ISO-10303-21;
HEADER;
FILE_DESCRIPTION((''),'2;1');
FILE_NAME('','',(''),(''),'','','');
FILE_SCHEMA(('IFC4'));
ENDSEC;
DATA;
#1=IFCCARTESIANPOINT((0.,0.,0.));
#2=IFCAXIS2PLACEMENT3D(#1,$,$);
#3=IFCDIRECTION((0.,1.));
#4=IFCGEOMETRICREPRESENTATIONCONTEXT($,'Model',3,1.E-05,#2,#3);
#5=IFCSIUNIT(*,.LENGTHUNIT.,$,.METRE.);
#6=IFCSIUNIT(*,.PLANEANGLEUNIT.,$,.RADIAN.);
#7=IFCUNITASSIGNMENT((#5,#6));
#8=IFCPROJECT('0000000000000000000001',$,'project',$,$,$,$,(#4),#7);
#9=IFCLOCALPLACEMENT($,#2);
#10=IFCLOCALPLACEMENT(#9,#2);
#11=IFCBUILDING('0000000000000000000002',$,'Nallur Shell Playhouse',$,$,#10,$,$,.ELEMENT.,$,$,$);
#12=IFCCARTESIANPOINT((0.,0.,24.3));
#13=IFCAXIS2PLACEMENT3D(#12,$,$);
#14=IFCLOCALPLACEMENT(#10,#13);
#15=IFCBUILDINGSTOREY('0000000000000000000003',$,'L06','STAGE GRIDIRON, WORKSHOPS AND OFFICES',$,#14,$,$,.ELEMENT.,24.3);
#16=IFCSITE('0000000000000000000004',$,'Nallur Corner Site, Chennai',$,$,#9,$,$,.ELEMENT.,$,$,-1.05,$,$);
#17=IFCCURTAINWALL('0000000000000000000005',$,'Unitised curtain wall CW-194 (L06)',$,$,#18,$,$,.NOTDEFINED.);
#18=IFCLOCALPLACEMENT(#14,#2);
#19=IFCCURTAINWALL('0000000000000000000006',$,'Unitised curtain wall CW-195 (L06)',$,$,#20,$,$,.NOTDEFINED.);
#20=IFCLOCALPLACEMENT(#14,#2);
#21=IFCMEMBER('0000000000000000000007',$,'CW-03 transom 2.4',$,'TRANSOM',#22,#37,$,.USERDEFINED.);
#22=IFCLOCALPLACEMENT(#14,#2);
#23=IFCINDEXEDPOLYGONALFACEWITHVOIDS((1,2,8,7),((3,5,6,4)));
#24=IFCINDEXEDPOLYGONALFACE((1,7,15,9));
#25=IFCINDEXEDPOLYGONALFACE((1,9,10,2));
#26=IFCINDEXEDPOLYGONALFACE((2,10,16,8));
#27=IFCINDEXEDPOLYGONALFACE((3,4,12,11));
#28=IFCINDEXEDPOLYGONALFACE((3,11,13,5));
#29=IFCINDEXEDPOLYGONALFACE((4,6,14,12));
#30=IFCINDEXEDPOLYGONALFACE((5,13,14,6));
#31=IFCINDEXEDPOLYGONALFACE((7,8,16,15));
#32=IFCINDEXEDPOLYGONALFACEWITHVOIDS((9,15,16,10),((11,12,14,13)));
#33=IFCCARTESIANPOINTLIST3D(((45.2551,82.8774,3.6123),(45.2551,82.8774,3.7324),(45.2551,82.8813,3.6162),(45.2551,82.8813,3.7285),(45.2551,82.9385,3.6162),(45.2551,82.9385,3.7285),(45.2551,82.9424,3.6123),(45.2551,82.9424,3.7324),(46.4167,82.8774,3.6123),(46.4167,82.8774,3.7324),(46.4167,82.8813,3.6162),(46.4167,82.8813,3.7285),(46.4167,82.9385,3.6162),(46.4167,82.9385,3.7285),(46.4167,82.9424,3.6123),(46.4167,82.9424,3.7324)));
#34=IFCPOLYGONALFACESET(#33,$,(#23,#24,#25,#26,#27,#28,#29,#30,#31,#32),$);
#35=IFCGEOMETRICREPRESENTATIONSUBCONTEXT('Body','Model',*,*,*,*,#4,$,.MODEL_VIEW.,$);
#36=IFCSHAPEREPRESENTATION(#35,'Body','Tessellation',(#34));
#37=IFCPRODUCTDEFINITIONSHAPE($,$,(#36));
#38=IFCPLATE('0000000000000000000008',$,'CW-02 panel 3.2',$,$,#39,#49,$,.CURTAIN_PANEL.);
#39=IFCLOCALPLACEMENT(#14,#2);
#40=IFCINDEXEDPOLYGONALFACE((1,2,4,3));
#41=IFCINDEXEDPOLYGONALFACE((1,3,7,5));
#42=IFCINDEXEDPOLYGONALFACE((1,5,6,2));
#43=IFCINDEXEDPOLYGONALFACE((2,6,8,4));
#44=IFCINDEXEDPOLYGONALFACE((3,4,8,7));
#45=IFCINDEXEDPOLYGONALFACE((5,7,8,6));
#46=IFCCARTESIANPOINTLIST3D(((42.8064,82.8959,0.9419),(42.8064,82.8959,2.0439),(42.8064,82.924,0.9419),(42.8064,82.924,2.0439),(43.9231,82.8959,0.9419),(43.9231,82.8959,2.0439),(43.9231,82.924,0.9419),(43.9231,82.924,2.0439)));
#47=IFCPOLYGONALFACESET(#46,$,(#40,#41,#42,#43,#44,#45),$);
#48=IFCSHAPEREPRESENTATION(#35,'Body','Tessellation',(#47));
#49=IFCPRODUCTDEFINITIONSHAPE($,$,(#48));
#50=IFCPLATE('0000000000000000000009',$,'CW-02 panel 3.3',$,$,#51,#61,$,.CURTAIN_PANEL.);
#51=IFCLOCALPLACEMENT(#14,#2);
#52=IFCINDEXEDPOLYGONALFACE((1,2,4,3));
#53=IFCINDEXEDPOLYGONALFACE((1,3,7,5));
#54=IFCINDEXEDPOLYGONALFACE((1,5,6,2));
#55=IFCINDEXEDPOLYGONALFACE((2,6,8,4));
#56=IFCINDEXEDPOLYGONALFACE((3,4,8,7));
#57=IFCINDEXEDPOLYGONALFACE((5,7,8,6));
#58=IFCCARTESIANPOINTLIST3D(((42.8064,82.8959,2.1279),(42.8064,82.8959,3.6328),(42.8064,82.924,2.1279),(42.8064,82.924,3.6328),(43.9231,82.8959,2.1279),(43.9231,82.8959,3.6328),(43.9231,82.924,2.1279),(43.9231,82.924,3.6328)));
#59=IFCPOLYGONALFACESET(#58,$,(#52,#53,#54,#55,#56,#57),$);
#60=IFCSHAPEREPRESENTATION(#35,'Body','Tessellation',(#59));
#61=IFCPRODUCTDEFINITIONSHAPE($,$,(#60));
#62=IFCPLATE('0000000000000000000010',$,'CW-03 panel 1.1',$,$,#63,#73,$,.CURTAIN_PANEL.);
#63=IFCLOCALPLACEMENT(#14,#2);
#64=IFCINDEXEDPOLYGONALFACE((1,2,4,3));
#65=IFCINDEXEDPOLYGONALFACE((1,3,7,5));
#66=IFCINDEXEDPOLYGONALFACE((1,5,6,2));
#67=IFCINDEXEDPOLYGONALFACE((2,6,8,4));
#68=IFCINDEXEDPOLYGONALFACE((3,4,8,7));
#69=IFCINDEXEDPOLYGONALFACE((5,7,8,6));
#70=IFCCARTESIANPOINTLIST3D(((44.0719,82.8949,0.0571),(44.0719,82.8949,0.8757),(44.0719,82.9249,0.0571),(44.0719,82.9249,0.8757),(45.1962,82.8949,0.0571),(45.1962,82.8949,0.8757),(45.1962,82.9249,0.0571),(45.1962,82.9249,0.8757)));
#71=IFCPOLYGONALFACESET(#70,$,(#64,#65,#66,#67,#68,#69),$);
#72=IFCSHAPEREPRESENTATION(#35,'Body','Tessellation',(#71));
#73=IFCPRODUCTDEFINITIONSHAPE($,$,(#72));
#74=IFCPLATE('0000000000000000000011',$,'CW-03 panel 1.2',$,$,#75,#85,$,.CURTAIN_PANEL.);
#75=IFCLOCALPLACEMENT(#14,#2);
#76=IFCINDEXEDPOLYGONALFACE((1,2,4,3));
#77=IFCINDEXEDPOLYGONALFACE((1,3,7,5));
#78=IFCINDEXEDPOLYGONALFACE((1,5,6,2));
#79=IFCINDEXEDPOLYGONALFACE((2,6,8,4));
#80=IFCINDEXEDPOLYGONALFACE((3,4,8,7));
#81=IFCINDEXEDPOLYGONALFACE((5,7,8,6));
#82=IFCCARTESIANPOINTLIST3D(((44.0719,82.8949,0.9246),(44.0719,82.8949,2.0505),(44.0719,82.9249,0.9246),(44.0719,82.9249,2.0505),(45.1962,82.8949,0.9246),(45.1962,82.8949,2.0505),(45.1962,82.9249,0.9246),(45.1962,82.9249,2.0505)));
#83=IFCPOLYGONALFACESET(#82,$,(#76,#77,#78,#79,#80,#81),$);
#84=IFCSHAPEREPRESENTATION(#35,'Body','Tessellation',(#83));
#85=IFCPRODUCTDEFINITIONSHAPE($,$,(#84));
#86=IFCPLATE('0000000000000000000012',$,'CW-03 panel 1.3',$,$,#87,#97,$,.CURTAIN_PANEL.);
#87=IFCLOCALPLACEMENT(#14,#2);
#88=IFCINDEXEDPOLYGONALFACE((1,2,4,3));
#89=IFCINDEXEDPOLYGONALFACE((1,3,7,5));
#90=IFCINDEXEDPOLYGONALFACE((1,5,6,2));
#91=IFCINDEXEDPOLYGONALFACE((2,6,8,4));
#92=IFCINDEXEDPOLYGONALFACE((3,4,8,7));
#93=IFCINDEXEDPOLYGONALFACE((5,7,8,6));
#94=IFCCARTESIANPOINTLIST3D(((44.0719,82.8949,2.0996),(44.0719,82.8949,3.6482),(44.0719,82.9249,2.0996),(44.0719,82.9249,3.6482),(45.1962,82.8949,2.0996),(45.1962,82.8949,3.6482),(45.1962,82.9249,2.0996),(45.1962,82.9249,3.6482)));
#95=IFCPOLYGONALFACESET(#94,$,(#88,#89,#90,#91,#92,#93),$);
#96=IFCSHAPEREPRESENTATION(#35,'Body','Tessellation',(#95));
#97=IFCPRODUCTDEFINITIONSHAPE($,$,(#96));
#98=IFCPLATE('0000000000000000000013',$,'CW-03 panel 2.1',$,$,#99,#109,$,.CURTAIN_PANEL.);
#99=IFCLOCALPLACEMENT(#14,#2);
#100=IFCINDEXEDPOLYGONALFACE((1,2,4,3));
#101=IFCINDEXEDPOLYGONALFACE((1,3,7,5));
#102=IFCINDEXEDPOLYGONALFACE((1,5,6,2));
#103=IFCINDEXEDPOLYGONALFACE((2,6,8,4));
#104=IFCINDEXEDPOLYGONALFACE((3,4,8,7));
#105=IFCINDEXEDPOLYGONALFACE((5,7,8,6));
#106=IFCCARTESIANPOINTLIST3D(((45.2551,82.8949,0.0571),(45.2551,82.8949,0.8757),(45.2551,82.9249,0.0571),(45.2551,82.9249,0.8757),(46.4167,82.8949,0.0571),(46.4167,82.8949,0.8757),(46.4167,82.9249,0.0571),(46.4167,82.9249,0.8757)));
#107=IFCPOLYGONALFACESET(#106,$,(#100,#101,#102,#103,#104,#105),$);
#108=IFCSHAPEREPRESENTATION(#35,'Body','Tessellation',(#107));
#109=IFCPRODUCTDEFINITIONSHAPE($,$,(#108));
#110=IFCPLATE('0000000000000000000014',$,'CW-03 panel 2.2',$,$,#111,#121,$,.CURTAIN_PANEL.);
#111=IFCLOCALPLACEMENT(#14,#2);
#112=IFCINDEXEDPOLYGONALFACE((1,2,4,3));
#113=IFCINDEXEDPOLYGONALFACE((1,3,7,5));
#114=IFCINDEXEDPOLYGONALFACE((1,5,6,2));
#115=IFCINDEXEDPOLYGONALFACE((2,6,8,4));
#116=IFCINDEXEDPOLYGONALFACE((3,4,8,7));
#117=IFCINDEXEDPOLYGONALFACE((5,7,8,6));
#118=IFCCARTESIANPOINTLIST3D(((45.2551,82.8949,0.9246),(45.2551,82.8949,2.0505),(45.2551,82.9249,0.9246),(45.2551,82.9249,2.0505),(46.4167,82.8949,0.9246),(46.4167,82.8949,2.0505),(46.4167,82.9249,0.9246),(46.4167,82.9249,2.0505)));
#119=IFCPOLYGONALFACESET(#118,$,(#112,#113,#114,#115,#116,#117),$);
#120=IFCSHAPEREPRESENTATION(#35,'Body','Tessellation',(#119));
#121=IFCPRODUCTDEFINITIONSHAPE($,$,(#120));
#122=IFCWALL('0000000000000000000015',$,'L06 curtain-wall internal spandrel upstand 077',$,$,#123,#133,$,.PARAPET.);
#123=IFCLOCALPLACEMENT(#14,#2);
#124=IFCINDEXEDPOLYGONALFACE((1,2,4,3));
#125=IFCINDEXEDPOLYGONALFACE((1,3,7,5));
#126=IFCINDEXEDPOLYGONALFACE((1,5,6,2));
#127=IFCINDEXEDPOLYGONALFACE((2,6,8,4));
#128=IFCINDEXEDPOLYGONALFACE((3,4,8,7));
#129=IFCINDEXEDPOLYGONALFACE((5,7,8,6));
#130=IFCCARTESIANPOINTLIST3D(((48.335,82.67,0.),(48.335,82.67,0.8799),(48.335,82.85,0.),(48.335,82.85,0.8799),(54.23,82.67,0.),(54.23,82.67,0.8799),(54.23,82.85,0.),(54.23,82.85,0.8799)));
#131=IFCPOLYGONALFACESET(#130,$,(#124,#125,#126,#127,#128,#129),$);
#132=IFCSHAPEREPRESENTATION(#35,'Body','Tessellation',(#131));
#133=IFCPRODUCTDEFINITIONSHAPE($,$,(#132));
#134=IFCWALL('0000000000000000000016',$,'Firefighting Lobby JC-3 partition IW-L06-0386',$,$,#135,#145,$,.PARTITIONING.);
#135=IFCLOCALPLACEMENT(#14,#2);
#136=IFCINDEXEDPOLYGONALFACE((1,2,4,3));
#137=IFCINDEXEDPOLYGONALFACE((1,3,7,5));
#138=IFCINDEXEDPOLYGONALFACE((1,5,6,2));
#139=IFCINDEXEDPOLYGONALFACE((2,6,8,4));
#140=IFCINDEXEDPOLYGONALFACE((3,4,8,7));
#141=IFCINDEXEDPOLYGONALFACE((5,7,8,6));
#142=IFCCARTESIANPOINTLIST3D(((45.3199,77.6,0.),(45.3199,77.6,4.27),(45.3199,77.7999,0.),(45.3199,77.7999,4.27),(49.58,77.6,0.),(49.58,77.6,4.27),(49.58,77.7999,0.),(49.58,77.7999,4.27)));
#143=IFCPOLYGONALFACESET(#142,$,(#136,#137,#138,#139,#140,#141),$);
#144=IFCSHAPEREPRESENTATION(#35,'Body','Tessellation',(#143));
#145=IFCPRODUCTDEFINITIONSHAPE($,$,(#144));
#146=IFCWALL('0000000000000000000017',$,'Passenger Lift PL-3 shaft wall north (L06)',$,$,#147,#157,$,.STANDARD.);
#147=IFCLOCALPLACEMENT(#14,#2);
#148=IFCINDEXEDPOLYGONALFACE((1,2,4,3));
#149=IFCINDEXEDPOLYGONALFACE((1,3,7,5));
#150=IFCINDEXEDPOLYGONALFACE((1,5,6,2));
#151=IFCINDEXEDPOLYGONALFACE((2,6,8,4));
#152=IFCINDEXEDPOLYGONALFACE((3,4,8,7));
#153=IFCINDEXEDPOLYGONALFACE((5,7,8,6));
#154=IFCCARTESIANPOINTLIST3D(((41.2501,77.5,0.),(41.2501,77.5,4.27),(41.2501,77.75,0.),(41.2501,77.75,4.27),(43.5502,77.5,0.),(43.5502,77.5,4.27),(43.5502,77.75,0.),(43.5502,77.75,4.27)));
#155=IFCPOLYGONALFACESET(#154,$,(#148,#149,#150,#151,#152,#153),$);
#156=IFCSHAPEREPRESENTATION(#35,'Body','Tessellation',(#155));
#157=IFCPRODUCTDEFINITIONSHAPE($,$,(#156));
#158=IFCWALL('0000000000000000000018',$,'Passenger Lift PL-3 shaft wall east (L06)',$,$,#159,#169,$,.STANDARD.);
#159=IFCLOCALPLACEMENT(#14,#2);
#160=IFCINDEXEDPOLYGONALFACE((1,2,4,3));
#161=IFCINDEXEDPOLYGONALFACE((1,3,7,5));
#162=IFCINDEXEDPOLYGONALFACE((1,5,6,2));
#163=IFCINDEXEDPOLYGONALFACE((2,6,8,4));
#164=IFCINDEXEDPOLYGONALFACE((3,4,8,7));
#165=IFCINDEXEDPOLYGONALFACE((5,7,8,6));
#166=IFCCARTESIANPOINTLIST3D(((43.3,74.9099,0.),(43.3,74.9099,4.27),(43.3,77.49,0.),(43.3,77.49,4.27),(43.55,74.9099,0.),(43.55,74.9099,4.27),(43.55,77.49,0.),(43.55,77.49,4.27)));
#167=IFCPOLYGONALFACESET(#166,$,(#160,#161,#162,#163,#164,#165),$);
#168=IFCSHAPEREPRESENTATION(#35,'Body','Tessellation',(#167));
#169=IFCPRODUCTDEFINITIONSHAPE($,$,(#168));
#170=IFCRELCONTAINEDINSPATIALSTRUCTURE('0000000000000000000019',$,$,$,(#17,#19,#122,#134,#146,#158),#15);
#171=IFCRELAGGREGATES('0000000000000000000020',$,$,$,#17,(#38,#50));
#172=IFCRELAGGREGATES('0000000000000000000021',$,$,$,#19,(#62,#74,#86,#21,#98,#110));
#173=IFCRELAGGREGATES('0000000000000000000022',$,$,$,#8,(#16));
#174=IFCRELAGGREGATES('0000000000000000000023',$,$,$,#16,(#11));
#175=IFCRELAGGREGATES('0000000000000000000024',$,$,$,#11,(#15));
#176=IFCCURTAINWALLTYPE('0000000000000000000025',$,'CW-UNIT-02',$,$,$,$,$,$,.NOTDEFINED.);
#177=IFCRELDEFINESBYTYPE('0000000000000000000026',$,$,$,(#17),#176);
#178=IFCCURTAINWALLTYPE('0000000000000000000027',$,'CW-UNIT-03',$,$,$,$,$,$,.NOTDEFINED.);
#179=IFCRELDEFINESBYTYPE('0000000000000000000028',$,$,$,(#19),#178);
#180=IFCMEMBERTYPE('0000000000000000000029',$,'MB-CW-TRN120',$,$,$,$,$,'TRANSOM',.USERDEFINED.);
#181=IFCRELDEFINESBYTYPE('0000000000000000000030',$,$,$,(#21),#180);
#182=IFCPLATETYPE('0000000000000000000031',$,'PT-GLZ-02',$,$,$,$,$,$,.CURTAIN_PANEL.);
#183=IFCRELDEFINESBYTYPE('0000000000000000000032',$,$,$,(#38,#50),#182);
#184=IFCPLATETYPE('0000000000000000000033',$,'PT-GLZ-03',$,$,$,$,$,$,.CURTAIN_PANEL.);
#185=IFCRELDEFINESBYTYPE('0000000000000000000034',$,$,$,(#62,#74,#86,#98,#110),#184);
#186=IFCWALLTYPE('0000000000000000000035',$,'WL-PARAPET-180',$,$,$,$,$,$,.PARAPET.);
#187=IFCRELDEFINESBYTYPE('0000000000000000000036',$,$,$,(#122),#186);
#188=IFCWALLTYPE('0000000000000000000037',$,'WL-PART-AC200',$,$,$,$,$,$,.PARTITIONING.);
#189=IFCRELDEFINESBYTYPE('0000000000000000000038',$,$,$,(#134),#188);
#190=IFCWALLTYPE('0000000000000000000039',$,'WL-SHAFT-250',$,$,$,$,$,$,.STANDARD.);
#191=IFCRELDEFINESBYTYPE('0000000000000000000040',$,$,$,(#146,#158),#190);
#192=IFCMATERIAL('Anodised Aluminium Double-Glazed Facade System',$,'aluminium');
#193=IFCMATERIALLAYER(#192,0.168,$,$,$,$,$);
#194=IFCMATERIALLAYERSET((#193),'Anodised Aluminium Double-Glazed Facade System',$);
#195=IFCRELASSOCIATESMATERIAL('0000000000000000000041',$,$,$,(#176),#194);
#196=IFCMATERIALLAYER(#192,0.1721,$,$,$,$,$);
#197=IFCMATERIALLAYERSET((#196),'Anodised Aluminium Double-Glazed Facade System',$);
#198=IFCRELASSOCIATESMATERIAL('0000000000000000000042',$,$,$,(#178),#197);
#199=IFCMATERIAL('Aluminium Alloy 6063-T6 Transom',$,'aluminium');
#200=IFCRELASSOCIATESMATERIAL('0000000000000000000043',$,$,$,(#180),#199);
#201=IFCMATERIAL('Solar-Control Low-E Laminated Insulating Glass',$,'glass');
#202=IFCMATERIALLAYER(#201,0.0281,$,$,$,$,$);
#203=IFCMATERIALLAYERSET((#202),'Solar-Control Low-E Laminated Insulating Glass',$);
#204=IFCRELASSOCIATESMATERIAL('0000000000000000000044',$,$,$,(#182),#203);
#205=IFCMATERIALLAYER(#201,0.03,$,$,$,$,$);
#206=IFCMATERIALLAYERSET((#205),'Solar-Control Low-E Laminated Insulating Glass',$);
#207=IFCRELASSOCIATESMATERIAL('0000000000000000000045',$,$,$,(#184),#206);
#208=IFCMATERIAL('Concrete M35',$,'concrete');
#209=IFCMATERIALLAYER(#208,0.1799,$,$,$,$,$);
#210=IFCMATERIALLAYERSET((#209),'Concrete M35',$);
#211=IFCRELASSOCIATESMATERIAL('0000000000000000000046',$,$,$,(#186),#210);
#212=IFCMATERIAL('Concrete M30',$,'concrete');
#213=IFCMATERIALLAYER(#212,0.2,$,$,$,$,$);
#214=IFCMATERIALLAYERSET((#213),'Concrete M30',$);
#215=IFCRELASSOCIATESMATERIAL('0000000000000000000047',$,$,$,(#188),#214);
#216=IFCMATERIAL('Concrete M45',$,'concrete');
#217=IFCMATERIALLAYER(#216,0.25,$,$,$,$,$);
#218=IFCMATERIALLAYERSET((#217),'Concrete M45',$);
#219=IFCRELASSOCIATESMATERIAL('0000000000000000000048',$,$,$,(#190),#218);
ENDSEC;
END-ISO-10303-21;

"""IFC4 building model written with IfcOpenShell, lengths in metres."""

from ifc_helpers import new_model, si_unit, direction, frame, frame_2d, origin, origin_2d, place, context, subcontext, project, spatial, rectangle, hollow_rectangle, extrude, material, layer, layer_set, material_profile, profile_set, type_object, element, aggregate, save


model = new_model("IFC4")

# Units and contexts
model_context = context("Model", 3, precision=1e-05, world=origin(), true_north=direction((0.0, 1.0)))
body_context = subcontext(model_context, "Body", "Model", "MODEL_VIEW")
ifc_project = project(units=[si_unit("LENGTHUNIT", "METRE"), si_unit("PLANEANGLEUNIT", "RADIAN")], contexts=[model_context])

# Site, building, storey
site_placement = place(None, origin())
site = spatial("IfcSite", under=ifc_project, at=site_placement, Name="Nallur Corner Site, Chennai", CompositionType="ELEMENT", RefElevation=-1.05)
building_placement = place(site_placement, origin())
building = spatial("IfcBuilding", under=site, at=building_placement, Name="Nallur Shell Playhouse", CompositionType="ELEMENT")
storey_placement = place(building_placement, frame((0.0, 0.0, 24.3)))
storey = spatial("IfcBuildingStorey", under=building, at=storey_placement, Name="L06", Description="STAGE GRIDIRON, WORKSHOPS AND OFFICES", CompositionType="ELEMENT", Elevation=24.3)

# Curtain wall
ifc_material_1 = material(Name="Anodised Aluminium Double-Glazed Facade System", Category="aluminium")
ifc_layer_1 = layer(ifc_material_1, 0.168)
ifc_layer_set_1 = layer_set([ifc_layer_1], Name="Anodised Aluminium Double-Glazed Facade System")
curtain_wall_type_1 = type_object("IfcCurtainWallType", Name="CW-UNIT-02", PredefinedType="NOTDEFINED", material=ifc_layer_set_1)
curtain_wall_1_placement = place(storey_placement, origin())
curtain_wall_1 = element("IfcCurtainWall", 1, at=curtain_wall_1_placement, inside=storey, type_object=curtain_wall_type_1, Name="Unitised curtain wall CW-194 (L06)", PredefinedType="NOTDEFINED")

# Curtain wall, member
ifc_layer_2 = layer(ifc_material_1, 0.1721)
ifc_layer_set_2 = layer_set([ifc_layer_2], Name="Anodised Aluminium Double-Glazed Facade System")
curtain_wall_type_2 = type_object("IfcCurtainWallType", Name="CW-UNIT-03", PredefinedType="NOTDEFINED", material=ifc_layer_set_2)
curtain_wall_2_placement = place(storey_placement, origin())
curtain_wall_2 = element("IfcCurtainWall", 2, at=curtain_wall_2_placement, inside=storey, type_object=curtain_wall_type_2, Name="Unitised curtain wall CW-195 (L06)", PredefinedType="NOTDEFINED")
ifc_material_2 = material(Name="Aluminium Alloy 6063-T6 Transom", Category="aluminium")
ifc_material_profile_1 = material_profile(ifc_material_2, hollow_rectangle(XDim=0.0649, YDim=0.1201, WallThickness=0.0039, at=origin_2d()), Name="ALU 65x120x4")
ifc_profile_set_1 = profile_set([ifc_material_profile_1], Name="Aluminium Alloy 6063-T6 Transom")
member_type_1 = type_object("IfcMemberType", Name="MB-CW-TRN120", ElementType="TRANSOM", PredefinedType="USERDEFINED", material=ifc_profile_set_1)
member_1_placement = place(storey_placement, frame((45.2551, 82.9099, 3.6724), z_axis=(1.0, 0.0, 0.0), x_axis=(0.0, 1.0, 0.0)))
member_1 = element("IfcMember", 3, at=member_1_placement, type_object=member_type_1, Name="CW-03 transom 2.4", ObjectType="TRANSOM", PredefinedType="USERDEFINED", context=body_context, shape_type="SweptSolid", body=[
    extrude(hollow_rectangle(XDim=0.0649, YDim=0.1201, WallThickness=0.0039, at=origin_2d()), origin(), (0.0, 0.0, 1.0), 1.1616),
])

# Plates
ifc_material_3 = material(Name="Solar-Control Low-E Laminated Insulating Glass", Category="glass")
ifc_layer_3 = layer(ifc_material_3, 0.0281)
ifc_layer_set_3 = layer_set([ifc_layer_3], Name="Solar-Control Low-E Laminated Insulating Glass")
plate_type_1 = type_object("IfcPlateType", Name="PT-GLZ-02", PredefinedType="CURTAIN_PANEL", material=ifc_layer_set_3)
plate_1_placement = place(storey_placement, frame((43.3647, 82.9099, 0.9419), z_axis=(0.0, 0.0, 1.0), x_axis=(1.0, 0.0, 0.0)))
plate_1 = element("IfcPlate", 4, at=plate_1_placement, type_object=plate_type_1, Name="CW-02 panel 3.2", PredefinedType="CURTAIN_PANEL", context=body_context, shape_type="SweptSolid", body=[
    extrude(rectangle(XDim=1.1167, YDim=0.0281, at=origin_2d()), origin(), (0.0, 0.0, 1.0), 1.1021),
])
plate_2_placement = place(storey_placement, frame((43.3647, 82.9099, 2.1279), z_axis=(0.0, 0.0, 1.0), x_axis=(1.0, 0.0, 0.0)))
plate_2 = element("IfcPlate", 5, at=plate_2_placement, type_object=plate_type_1, Name="CW-02 panel 3.3", PredefinedType="CURTAIN_PANEL", context=body_context, shape_type="SweptSolid", body=[
    extrude(rectangle(XDim=1.1167, YDim=0.0281, at=origin_2d()), origin(), (0.0, 0.0, 1.0), 1.5049),
])
aggregate(curtain_wall_1, [plate_1, plate_2])
ifc_layer_4 = layer(ifc_material_3, 0.03)
ifc_layer_set_4 = layer_set([ifc_layer_4], Name="Solar-Control Low-E Laminated Insulating Glass")
plate_type_2 = type_object("IfcPlateType", Name="PT-GLZ-03", PredefinedType="CURTAIN_PANEL", material=ifc_layer_set_4)
plate_3_placement = place(storey_placement, frame((44.634, 82.9099, 0.0571), z_axis=(0.0, 0.0, 1.0), x_axis=(1.0, 0.0, 0.0)))
plate_3 = element("IfcPlate", 6, at=plate_3_placement, type_object=plate_type_2, Name="CW-03 panel 1.1", PredefinedType="CURTAIN_PANEL", context=body_context, shape_type="SweptSolid", body=[
    extrude(rectangle(XDim=1.1243, YDim=0.03, at=origin_2d()), origin(), (0.0, 0.0, 1.0), 0.8186),
])
plate_4_placement = place(storey_placement, frame((44.634, 82.9099, 0.9246), z_axis=(0.0, 0.0, 1.0), x_axis=(1.0, 0.0, 0.0)))
plate_4 = element("IfcPlate", 7, at=plate_4_placement, type_object=plate_type_2, Name="CW-03 panel 1.2", PredefinedType="CURTAIN_PANEL", context=body_context, shape_type="SweptSolid", body=[
    extrude(rectangle(XDim=1.1243, YDim=0.03, at=origin_2d()), origin(), (0.0, 0.0, 1.0), 1.126),
])
plate_5_placement = place(storey_placement, frame((44.634, 82.9099, 2.0996), z_axis=(0.0, 0.0, 1.0), x_axis=(1.0, 0.0, 0.0)))
plate_5 = element("IfcPlate", 8, at=plate_5_placement, type_object=plate_type_2, Name="CW-03 panel 1.3", PredefinedType="CURTAIN_PANEL", context=body_context, shape_type="SweptSolid", body=[
    extrude(rectangle(XDim=1.1243, YDim=0.03, at=origin_2d()), origin(), (0.0, 0.0, 1.0), 1.5486),
])
plate_6_placement = place(storey_placement, frame((45.8359, 82.9099, 0.0571), z_axis=(0.0, 0.0, 1.0), x_axis=(1.0, 0.0, 0.0)))
plate_6 = element("IfcPlate", 9, at=plate_6_placement, type_object=plate_type_2, Name="CW-03 panel 2.1", PredefinedType="CURTAIN_PANEL", context=body_context, shape_type="SweptSolid", body=[
    extrude(rectangle(XDim=1.1616, YDim=0.03, at=origin_2d()), origin(), (0.0, 0.0, 1.0), 0.8186),
])
plate_7_placement = place(storey_placement, frame((45.8359, 82.9099, 0.9246), z_axis=(0.0, 0.0, 1.0), x_axis=(1.0, 0.0, 0.0)))
plate_7 = element("IfcPlate", 10, at=plate_7_placement, type_object=plate_type_2, Name="CW-03 panel 2.2", PredefinedType="CURTAIN_PANEL", context=body_context, shape_type="SweptSolid", body=[
    extrude(rectangle(XDim=1.1616, YDim=0.03, at=origin_2d()), origin(), (0.0, 0.0, 1.0), 1.126),
])
aggregate(curtain_wall_2, [plate_3, plate_4, plate_5, member_1, plate_6, plate_7])

# Walls
ifc_material_4 = material(Name="Concrete M35", Category="concrete")
ifc_layer_5 = layer(ifc_material_4, 0.1799)
ifc_layer_set_5 = layer_set([ifc_layer_5], Name="Concrete M35")
wall_type_1 = type_object("IfcWallType", Name="WL-PARAPET-180", PredefinedType="PARAPET", material=ifc_layer_set_5)
wall_1_placement = place(storey_placement, frame((48.335, 82.76, 0.0), z_axis=(0.0, 0.0, 1.0), x_axis=(1.0, 0.0, 0.0)))
element("IfcWall", 11, at=wall_1_placement, inside=storey, type_object=wall_type_1, Name="L06 curtain-wall internal spandrel upstand 077", PredefinedType="PARAPET", context=body_context, shape_type="SweptSolid", body=[
    extrude(rectangle(XDim=5.895, YDim=0.1799, at=frame_2d((2.9475, 0.0))), origin(), (0.0, 0.0, 1.0), 0.8799),
])
ifc_material_5 = material(Name="Concrete M30", Category="concrete")
ifc_layer_6 = layer(ifc_material_5, 0.2)
ifc_layer_set_6 = layer_set([ifc_layer_6], Name="Concrete M30")
wall_type_2 = type_object("IfcWallType", Name="WL-PART-AC200", PredefinedType="PARTITIONING", material=ifc_layer_set_6)
wall_2_placement = place(storey_placement, frame((45.3201, 77.7, 0.0), z_axis=(0.0, 0.0, 1.0), x_axis=(1.0, 0.0, 0.0)))
element("IfcWall", 12, at=wall_2_placement, inside=storey, type_object=wall_type_2, Name="Firefighting Lobby JC-3 partition IW-L06-0386", PredefinedType="PARTITIONING", context=body_context, shape_type="SweptSolid", body=[
    extrude(rectangle(XDim=4.26, YDim=0.2, at=frame_2d((2.1299, 0.0))), origin(), (0.0, 0.0, 1.0), 4.27),
])
ifc_material_6 = material(Name="Concrete M45", Category="concrete")
ifc_layer_7 = layer(ifc_material_6, 0.25)
ifc_layer_set_7 = layer_set([ifc_layer_7], Name="Concrete M45")
wall_type_3 = type_object("IfcWallType", Name="WL-SHAFT-250", PredefinedType="STANDARD", material=ifc_layer_set_7)
wall_3_placement = place(storey_placement, frame((43.55, 77.625, 0.0), z_axis=(0.0, 0.0, 1.0), x_axis=(-1.0, 0.0, 0.0)))
element("IfcWall", 13, at=wall_3_placement, inside=storey, type_object=wall_type_3, Name="Passenger Lift PL-3 shaft wall north (L06)", PredefinedType="STANDARD", context=body_context, shape_type="SweptSolid", body=[
    extrude(rectangle(XDim=2.3, YDim=0.25, at=frame_2d((1.1499, 0.0))), origin(), (0.0, 0.0, 1.0), 4.27),
])
wall_4_placement = place(storey_placement, frame((43.425, 74.9099, 0.0), z_axis=(0.0, 0.0, 1.0), x_axis=(0.0, 1.0, 0.0)))
element("IfcWall", 14, at=wall_4_placement, inside=storey, type_object=wall_type_3, Name="Passenger Lift PL-3 shaft wall east (L06)", PredefinedType="STANDARD", context=body_context, shape_type="SweptSolid", body=[
    extrude(rectangle(XDim=2.5801, YDim=0.25, at=frame_2d((1.29, 0.0))), origin(), (0.0, 0.0, 1.0), 4.27),
])

save(model, "model.ifc")
